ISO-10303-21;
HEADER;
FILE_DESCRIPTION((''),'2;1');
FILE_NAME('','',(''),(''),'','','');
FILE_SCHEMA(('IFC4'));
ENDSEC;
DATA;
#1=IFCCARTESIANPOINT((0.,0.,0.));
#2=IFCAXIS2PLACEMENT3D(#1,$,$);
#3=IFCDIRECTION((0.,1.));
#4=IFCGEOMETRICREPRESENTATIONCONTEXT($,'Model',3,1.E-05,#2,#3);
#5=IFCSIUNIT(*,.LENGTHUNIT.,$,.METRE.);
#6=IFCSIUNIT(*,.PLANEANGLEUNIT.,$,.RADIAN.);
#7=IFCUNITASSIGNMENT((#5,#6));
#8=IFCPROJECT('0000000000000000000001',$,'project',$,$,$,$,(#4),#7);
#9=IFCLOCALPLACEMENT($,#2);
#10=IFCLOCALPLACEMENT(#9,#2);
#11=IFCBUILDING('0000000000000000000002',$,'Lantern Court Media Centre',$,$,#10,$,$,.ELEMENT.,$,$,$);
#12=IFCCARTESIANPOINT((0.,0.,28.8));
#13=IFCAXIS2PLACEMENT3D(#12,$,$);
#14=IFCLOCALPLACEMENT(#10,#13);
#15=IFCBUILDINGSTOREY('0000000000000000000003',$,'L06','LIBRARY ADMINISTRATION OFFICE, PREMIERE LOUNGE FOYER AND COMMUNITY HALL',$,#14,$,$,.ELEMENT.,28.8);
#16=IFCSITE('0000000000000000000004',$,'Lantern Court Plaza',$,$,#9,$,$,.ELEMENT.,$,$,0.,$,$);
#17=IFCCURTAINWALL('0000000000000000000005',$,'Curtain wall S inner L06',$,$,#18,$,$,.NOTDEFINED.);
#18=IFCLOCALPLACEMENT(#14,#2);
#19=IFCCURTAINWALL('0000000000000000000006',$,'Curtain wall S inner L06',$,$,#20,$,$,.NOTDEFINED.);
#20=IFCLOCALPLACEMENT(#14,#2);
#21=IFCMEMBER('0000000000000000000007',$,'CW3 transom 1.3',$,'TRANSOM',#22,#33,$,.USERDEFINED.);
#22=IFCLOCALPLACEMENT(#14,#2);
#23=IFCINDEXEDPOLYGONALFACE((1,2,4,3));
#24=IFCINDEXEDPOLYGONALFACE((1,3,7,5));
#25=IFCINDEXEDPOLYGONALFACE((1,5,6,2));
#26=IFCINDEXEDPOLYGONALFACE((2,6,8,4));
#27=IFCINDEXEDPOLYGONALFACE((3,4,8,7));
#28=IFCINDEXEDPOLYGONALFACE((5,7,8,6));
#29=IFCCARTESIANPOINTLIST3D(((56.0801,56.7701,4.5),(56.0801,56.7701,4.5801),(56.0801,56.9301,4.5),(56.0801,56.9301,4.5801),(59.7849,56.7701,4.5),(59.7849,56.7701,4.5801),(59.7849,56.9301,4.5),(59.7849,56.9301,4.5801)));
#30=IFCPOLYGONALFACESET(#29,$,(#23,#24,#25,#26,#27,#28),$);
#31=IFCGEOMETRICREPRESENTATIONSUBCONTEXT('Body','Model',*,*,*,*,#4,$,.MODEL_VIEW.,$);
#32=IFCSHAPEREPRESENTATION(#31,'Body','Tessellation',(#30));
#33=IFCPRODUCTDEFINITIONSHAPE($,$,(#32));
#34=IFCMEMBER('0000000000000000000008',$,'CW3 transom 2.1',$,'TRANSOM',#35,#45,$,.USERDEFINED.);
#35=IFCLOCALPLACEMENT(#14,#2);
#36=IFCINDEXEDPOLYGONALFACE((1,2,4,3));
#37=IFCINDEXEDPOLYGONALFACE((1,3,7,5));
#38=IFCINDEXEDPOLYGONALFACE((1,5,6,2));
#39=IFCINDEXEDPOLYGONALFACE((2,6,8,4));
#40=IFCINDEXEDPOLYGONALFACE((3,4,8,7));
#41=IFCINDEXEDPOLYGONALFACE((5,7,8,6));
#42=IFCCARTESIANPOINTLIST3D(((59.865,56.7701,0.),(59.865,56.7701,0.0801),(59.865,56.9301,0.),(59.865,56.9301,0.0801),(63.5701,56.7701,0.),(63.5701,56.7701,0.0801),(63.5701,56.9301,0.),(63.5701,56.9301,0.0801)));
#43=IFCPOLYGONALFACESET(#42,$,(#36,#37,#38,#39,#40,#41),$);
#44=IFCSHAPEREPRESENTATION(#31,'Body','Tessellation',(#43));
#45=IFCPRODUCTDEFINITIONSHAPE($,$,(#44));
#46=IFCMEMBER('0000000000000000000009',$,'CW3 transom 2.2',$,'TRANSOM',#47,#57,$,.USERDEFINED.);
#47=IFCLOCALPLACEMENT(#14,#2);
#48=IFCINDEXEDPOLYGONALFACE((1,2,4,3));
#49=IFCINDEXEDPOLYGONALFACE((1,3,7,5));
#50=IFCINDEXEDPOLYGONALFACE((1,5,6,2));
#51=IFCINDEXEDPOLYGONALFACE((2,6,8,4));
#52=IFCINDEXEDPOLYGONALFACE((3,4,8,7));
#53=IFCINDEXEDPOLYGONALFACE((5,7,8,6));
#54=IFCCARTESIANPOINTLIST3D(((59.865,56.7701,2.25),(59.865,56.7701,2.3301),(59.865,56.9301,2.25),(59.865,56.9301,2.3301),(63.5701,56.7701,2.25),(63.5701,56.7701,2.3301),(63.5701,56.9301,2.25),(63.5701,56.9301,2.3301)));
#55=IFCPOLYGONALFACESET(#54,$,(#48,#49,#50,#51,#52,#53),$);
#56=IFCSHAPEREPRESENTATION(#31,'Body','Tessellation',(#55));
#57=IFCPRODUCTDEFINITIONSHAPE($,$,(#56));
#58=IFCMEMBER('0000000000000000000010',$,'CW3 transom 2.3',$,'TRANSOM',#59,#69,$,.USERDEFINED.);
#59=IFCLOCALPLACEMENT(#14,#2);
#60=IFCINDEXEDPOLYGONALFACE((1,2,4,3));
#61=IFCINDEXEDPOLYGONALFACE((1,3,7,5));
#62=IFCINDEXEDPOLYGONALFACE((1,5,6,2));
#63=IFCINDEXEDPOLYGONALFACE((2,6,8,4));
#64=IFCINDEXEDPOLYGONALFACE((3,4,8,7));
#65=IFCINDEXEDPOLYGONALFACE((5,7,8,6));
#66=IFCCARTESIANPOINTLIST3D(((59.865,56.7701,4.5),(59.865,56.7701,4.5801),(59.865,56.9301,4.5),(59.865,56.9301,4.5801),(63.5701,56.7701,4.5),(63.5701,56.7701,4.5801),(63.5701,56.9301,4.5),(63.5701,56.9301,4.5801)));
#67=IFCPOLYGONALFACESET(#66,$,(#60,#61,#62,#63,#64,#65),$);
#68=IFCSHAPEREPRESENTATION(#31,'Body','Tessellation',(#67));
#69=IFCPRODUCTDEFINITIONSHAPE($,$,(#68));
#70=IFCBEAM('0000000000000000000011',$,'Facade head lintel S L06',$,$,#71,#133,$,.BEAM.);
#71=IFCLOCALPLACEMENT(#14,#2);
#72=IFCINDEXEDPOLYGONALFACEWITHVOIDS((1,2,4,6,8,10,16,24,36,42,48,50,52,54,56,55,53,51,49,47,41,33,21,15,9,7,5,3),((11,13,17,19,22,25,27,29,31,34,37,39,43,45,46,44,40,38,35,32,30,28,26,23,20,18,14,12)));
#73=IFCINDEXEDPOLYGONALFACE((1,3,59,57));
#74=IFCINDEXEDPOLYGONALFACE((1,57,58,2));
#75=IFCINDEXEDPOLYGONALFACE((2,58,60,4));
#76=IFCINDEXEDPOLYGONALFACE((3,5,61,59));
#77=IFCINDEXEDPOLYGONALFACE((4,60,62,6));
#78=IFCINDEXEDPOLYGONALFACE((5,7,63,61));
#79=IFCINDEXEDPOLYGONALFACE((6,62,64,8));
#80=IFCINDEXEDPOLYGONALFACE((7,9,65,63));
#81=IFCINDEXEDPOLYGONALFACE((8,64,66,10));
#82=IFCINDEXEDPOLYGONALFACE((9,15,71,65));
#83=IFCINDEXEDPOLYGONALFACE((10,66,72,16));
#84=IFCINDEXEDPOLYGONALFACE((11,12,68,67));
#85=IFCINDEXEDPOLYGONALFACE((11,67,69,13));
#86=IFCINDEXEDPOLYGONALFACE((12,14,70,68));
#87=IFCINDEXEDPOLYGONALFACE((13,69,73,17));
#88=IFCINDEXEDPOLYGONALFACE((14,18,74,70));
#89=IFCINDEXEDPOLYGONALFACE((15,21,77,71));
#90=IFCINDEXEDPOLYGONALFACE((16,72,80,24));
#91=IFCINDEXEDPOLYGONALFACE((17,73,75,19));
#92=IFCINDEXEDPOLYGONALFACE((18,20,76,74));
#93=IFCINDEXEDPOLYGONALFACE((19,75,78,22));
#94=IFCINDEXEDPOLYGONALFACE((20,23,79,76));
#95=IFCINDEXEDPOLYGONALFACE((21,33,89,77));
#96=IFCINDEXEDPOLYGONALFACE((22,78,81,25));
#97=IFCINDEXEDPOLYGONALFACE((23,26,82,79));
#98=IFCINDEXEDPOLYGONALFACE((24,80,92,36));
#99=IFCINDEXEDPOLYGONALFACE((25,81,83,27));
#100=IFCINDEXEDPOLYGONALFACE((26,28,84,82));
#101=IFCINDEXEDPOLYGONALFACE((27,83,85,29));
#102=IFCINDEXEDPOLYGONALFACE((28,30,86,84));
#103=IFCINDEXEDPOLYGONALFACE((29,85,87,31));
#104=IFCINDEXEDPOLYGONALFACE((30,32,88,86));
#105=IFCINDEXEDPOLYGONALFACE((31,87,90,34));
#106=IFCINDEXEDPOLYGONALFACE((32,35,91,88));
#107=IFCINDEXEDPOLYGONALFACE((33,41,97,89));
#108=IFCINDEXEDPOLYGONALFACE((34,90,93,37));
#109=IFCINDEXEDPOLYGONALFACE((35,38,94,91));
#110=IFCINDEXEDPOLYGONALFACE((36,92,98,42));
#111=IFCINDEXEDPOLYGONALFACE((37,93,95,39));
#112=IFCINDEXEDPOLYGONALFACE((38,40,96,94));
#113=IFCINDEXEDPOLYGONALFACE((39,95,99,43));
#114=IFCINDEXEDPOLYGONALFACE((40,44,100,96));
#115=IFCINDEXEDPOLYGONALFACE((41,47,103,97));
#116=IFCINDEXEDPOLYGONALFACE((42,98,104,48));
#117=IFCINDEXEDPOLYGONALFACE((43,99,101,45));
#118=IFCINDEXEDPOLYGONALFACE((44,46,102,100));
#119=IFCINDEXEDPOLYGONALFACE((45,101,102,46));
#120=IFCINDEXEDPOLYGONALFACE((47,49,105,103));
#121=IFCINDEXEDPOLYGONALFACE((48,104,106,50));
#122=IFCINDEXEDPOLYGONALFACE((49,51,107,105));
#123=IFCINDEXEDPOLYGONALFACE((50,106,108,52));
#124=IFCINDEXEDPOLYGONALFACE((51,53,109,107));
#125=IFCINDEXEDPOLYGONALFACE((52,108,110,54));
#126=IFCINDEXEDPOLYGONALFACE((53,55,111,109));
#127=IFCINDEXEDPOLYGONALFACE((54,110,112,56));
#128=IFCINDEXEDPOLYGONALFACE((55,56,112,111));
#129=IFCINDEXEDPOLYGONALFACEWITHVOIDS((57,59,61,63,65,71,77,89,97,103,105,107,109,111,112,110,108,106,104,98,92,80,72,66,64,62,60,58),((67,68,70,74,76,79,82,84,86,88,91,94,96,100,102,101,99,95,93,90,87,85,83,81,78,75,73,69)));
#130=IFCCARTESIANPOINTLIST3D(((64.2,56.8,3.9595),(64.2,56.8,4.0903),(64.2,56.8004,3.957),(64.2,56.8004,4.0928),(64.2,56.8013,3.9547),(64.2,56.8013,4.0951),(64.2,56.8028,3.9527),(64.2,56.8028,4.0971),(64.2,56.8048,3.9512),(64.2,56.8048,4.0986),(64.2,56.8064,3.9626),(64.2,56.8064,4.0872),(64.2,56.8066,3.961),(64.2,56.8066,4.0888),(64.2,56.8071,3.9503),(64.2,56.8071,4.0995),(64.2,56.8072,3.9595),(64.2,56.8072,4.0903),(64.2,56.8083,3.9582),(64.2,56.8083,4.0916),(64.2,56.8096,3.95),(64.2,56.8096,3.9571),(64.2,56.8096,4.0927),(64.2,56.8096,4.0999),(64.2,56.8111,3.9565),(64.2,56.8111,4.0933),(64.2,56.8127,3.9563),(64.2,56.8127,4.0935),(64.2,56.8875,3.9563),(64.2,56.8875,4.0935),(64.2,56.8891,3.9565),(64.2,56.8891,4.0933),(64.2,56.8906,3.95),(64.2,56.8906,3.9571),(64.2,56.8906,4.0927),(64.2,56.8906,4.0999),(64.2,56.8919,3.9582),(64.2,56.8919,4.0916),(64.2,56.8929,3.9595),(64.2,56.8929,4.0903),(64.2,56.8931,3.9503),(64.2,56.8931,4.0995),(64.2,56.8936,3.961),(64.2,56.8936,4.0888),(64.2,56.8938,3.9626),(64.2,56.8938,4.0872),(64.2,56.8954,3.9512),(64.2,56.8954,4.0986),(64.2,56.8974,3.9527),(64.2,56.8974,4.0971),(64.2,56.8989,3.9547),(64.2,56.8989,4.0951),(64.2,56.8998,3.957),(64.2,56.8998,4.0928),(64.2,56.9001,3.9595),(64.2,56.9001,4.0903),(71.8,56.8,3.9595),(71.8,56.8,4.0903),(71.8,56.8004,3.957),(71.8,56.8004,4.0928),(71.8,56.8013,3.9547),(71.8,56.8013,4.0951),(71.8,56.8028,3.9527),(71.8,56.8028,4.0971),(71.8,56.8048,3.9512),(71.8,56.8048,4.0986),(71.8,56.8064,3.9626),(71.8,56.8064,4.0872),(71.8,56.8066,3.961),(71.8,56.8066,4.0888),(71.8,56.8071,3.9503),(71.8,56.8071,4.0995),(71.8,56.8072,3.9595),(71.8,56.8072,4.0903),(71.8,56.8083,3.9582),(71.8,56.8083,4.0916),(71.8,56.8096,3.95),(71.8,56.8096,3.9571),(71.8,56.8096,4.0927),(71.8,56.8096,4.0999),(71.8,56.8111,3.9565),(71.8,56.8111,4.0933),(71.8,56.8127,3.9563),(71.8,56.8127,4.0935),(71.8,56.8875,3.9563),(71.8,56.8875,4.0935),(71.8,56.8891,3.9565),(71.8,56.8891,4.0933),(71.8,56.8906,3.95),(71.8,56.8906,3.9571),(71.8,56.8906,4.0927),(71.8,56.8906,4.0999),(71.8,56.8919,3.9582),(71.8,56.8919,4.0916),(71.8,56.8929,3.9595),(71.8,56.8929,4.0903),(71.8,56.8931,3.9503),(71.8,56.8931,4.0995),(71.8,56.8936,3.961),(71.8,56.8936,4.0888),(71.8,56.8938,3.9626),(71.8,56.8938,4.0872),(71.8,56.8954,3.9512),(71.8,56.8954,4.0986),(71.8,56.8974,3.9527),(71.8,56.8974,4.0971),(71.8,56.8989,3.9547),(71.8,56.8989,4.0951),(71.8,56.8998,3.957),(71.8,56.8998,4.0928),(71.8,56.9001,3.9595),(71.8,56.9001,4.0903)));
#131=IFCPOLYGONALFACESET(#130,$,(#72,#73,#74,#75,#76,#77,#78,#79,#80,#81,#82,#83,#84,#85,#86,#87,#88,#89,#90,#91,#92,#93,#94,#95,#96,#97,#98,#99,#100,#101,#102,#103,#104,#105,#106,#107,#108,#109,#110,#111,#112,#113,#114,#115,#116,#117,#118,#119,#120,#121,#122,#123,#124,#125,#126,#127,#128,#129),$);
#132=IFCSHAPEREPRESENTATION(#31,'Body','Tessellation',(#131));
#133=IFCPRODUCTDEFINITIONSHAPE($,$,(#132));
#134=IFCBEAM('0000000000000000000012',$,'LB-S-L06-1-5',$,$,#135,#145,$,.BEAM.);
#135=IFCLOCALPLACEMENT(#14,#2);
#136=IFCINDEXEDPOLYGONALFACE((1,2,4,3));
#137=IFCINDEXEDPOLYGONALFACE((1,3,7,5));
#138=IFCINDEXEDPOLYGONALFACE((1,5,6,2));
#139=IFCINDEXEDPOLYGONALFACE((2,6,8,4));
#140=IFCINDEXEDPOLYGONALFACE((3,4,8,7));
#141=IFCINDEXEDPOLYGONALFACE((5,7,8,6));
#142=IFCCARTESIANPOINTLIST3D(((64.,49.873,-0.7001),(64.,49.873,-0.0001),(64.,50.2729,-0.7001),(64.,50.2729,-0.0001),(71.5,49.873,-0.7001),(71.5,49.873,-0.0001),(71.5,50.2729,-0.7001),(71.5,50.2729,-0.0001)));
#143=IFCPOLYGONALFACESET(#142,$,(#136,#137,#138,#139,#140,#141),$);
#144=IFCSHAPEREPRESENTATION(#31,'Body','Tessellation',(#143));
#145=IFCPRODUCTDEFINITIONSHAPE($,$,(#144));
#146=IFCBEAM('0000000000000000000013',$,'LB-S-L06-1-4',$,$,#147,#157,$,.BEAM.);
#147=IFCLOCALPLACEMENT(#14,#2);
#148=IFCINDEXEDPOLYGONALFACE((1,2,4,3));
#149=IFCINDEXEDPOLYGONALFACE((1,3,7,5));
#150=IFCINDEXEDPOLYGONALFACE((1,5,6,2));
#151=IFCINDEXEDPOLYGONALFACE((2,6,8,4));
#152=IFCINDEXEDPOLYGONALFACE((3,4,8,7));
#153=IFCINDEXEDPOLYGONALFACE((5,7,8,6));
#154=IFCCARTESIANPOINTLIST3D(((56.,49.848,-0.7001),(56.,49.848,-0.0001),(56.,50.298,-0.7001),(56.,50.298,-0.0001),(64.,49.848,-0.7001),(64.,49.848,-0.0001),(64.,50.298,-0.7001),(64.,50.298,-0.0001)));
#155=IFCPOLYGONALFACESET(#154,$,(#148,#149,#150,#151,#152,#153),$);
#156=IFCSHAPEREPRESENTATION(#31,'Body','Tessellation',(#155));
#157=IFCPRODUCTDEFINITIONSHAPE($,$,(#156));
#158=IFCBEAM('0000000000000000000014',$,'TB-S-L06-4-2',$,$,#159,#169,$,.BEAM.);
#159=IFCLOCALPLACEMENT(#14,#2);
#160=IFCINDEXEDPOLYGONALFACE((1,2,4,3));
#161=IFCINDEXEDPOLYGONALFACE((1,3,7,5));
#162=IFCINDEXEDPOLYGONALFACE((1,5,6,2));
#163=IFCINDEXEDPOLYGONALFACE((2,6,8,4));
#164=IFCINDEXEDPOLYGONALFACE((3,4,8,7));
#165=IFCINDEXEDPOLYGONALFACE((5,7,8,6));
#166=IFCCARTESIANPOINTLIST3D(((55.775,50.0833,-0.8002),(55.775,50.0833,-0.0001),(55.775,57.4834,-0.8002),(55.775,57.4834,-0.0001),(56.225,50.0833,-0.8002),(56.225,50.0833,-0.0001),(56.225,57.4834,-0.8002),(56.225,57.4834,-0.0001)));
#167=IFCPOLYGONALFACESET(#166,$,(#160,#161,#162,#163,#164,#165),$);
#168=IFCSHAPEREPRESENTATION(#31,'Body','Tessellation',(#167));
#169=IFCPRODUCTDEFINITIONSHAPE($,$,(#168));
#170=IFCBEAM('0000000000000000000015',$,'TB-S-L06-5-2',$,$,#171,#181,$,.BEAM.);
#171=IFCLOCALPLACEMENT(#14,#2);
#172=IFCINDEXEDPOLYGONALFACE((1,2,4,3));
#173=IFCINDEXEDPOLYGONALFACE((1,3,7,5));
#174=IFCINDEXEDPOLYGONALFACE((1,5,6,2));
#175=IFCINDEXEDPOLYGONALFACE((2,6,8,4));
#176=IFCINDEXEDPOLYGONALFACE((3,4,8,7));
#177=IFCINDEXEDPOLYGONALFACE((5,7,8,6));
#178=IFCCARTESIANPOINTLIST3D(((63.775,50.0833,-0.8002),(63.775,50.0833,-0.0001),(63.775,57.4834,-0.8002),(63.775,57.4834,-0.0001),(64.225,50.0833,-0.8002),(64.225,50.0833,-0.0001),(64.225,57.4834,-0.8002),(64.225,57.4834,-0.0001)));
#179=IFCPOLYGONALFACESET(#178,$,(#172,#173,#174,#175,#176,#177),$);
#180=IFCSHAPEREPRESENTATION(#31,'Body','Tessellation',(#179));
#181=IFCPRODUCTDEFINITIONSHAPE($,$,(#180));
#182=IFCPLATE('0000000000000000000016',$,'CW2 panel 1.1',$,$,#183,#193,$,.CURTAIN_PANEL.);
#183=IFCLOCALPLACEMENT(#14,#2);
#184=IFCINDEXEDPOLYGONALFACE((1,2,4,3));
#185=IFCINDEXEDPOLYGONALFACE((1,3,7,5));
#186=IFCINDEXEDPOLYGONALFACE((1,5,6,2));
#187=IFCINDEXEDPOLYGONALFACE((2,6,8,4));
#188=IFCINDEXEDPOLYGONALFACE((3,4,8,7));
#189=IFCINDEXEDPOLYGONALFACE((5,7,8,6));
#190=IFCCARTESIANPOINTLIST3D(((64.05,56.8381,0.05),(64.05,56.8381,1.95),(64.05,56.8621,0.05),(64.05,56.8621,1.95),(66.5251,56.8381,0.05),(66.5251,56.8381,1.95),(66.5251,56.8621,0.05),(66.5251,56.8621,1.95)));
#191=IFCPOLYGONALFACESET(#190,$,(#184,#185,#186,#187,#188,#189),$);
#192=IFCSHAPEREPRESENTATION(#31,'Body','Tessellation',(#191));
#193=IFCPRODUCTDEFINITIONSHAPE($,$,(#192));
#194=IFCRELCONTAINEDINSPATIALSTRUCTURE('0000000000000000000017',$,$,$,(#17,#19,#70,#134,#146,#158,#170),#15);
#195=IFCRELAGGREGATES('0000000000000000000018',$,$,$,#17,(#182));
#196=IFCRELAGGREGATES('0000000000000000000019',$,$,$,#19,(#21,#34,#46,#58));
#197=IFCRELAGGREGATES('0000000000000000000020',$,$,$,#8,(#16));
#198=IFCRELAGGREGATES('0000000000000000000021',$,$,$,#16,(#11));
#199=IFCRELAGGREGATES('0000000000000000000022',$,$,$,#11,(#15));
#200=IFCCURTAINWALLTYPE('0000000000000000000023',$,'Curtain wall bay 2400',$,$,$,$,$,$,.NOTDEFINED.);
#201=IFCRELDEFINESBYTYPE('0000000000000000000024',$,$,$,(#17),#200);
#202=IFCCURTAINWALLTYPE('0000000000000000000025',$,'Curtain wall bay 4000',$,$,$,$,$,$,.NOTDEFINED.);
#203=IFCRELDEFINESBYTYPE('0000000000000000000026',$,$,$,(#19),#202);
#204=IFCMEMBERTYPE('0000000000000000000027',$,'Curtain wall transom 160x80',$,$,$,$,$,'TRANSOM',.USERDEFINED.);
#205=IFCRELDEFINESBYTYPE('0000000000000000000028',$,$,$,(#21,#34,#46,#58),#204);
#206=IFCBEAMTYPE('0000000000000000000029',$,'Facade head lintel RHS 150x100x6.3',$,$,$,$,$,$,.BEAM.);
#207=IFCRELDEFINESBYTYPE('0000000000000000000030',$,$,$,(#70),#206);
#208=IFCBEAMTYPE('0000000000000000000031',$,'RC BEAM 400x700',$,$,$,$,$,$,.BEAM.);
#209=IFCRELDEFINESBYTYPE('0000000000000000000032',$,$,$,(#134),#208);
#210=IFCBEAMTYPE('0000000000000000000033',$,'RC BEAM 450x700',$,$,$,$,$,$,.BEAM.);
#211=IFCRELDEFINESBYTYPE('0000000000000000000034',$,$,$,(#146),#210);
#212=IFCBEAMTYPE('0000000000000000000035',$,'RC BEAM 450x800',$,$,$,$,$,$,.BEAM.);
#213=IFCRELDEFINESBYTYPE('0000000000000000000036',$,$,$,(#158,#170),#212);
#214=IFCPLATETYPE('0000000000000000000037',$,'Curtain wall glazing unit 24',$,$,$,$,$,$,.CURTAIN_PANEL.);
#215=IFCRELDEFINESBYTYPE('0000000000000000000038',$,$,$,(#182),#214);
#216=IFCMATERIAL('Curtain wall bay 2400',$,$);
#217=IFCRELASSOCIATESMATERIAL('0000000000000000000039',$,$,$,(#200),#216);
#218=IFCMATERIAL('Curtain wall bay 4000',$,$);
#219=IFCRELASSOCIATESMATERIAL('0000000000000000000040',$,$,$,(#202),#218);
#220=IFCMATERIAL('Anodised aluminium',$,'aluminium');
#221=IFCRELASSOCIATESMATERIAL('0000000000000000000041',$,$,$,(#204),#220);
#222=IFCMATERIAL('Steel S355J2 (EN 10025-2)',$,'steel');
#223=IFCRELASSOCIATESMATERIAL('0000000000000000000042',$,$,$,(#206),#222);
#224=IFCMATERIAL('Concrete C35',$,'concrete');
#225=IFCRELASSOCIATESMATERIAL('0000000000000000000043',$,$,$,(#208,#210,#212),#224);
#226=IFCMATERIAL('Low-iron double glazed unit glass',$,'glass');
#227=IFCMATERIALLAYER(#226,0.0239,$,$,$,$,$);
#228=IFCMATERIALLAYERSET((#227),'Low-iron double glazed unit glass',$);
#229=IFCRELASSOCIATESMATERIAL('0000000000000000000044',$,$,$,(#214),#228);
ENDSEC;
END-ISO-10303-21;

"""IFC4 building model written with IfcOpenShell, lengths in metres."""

from ifc_helpers import new_model, si_unit, direction, frame, origin, origin_2d, place, context, subcontext, project, spatial, rectangle, hollow_rectangle, extrude, material, layer, layer_set, material_profile, profile_set, type_object, element, aggregate, save


model = new_model("IFC4")

# Units and contexts
model_context = context("Model", 3, precision=1e-05, world=origin(), true_north=direction((0.0, 1.0)))
body_context = subcontext(model_context, "Body", "Model", "MODEL_VIEW")
ifc_project = project(units=[si_unit("LENGTHUNIT", "METRE"), si_unit("PLANEANGLEUNIT", "RADIAN")], contexts=[model_context])

# Site, building, storey
site_placement = place(None, origin())
site = spatial("IfcSite", under=ifc_project, at=site_placement, Name="Lantern Court Plaza", CompositionType="ELEMENT", RefElevation=0.0)
building_placement = place(site_placement, origin())
building = spatial("IfcBuilding", under=site, at=building_placement, Name="Lantern Court Media Centre", CompositionType="ELEMENT")
storey_placement = place(building_placement, frame((0.0, 0.0, 28.8)))
storey = spatial("IfcBuildingStorey", under=building, at=storey_placement, Name="L06", Description="LIBRARY ADMINISTRATION OFFICE, PREMIERE LOUNGE FOYER AND COMMUNITY HALL", CompositionType="ELEMENT", Elevation=28.8)

# Shared definitions
ifc_material_1 = material(Name="Concrete C35", Category="concrete")

# Curtain walls
ifc_material_2 = material(Name="Curtain wall bay 2400")
curtain_wall_type_1 = type_object("IfcCurtainWallType", Name="Curtain wall bay 2400", PredefinedType="NOTDEFINED", material=ifc_material_2)
curtain_wall_1_placement = place(storey_placement, origin())
curtain_wall_1 = element("IfcCurtainWall", 1, at=curtain_wall_1_placement, inside=storey, type_object=curtain_wall_type_1, Name="Curtain wall S inner L06", PredefinedType="NOTDEFINED")
ifc_material_3 = material(Name="Anodised aluminium", Category="aluminium")
ifc_material_4 = material(Name="Curtain wall bay 4000")
curtain_wall_type_2 = type_object("IfcCurtainWallType", Name="Curtain wall bay 4000", PredefinedType="NOTDEFINED", material=ifc_material_4)
curtain_wall_2_placement = place(storey_placement, origin())
curtain_wall_2 = element("IfcCurtainWall", 2, at=curtain_wall_2_placement, inside=storey, type_object=curtain_wall_type_2, Name="Curtain wall S inner L06", PredefinedType="NOTDEFINED")

# Members
ifc_material_profile_1 = material_profile(ifc_material_3, rectangle(XDim=0.1599, YDim=0.0801, at=origin_2d()), Name="AL 80x160")
ifc_profile_set_1 = profile_set([ifc_material_profile_1], Name="Anodised aluminium")
member_type_1 = type_object("IfcMemberType", Name="Curtain wall transom 160x80", ElementType="TRANSOM", PredefinedType="USERDEFINED", material=ifc_profile_set_1)
member_1_placement = place(storey_placement, frame((56.0801, 56.8501, 4.54), z_axis=(1.0, 0.0, 0.0), x_axis=(0.0, 1.0, 0.0)))
member_1 = element("IfcMember", 3, at=member_1_placement, type_object=member_type_1, Name="CW3 transom 1.3", ObjectType="TRANSOM", PredefinedType="USERDEFINED", context=body_context, shape_type="SweptSolid", body=[
    extrude(rectangle(XDim=0.1599, YDim=0.0801, at=origin_2d()), origin(), (0.0, 0.0, 1.0), 3.7048),
])
member_2_placement = place(storey_placement, frame((59.865, 56.8501, 0.04), z_axis=(1.0, 0.0, 0.0), x_axis=(0.0, 1.0, 0.0)))
member_2 = element("IfcMember", 4, at=member_2_placement, type_object=member_type_1, Name="CW3 transom 2.1", ObjectType="TRANSOM", PredefinedType="USERDEFINED", context=body_context, shape_type="SweptSolid", body=[
    extrude(rectangle(XDim=0.1599, YDim=0.0801, at=origin_2d()), origin(), (0.0, 0.0, 1.0), 3.7051),
])
member_3_placement = place(storey_placement, frame((59.865, 56.8501, 2.29), z_axis=(1.0, 0.0, 0.0), x_axis=(0.0, 1.0, 0.0)))
member_3 = element("IfcMember", 5, at=member_3_placement, type_object=member_type_1, Name="CW3 transom 2.2", ObjectType="TRANSOM", PredefinedType="USERDEFINED", context=body_context, shape_type="SweptSolid", body=[
    extrude(rectangle(XDim=0.1599, YDim=0.0801, at=origin_2d()), origin(), (0.0, 0.0, 1.0), 3.7051),
])
member_4_placement = place(storey_placement, frame((59.865, 56.8501, 4.54), z_axis=(1.0, 0.0, 0.0), x_axis=(0.0, 1.0, 0.0)))
member_4 = element("IfcMember", 6, at=member_4_placement, type_object=member_type_1, Name="CW3 transom 2.3", ObjectType="TRANSOM", PredefinedType="USERDEFINED", context=body_context, shape_type="SweptSolid", body=[
    extrude(rectangle(XDim=0.1599, YDim=0.0801, at=origin_2d()), origin(), (0.0, 0.0, 1.0), 3.7051),
])

# Beams
ifc_material_5 = material(Name="Steel S355J2 (EN 10025-2)", Category="steel")
ifc_material_profile_2 = material_profile(ifc_material_5, hollow_rectangle(XDim=0.1001, YDim=0.1499, WallThickness=0.0063, InnerFilletRadius=0.0063, OuterFilletRadius=0.0095, at=origin_2d()), Name="Facade head lintel RHS 150x100x6.3")
ifc_profile_set_2 = profile_set([ifc_material_profile_2], Name="Steel S355J2 (EN 10025-2)")
beam_type_1 = type_object("IfcBeamType", Name="Facade head lintel RHS 150x100x6.3", PredefinedType="BEAM", material=ifc_profile_set_2)
beam_1_placement = place(storey_placement, frame((64.2, 56.8501, 4.0249), z_axis=(1.0, 0.0, 0.0), x_axis=(0.0, 1.0, 0.0)))
element("IfcBeam", 7, at=beam_1_placement, inside=storey, type_object=beam_type_1, Name="Facade head lintel S L06", PredefinedType="BEAM", context=body_context, shape_type="SweptSolid", body=[
    extrude(hollow_rectangle(XDim=0.1001, YDim=0.1499, WallThickness=0.0063, InnerFilletRadius=0.0063, OuterFilletRadius=0.0095, at=origin_2d()), origin(), (0.0, 0.0, 1.0), 7.6001),
])
ifc_material_profile_3 = material_profile(ifc_material_1, rectangle(XDim=0.3999, YDim=0.7, at=origin_2d()), Name="RC 400x700")
ifc_profile_set_3 = profile_set([ifc_material_profile_3], Name="Concrete C35")
beam_type_2 = type_object("IfcBeamType", Name="RC BEAM 400x700", PredefinedType="BEAM", material=ifc_profile_set_3)
beam_2_placement = place(storey_placement, frame((64.0, 50.073, -0.3501), z_axis=(1.0, 0.0, 0.0), x_axis=(0.0, 1.0, 0.0)))
element("IfcBeam", 8, at=beam_2_placement, inside=storey, type_object=beam_type_2, Name="LB-S-L06-1-5", PredefinedType="BEAM", context=body_context, shape_type="SweptSolid", body=[
    extrude(rectangle(XDim=0.3999, YDim=0.7, at=origin_2d()), origin(), (0.0, 0.0, 1.0), 7.5),
])
ifc_material_profile_4 = material_profile(ifc_material_1, rectangle(XDim=0.45, YDim=0.7, at=origin_2d()), Name="RC 450x700")
ifc_profile_set_4 = profile_set([ifc_material_profile_4], Name="Concrete C35")
beam_type_3 = type_object("IfcBeamType", Name="RC BEAM 450x700", PredefinedType="BEAM", material=ifc_profile_set_4)
beam_3_placement = place(storey_placement, frame((56.0, 50.073, -0.3501), z_axis=(1.0, 0.0, 0.0), x_axis=(0.0, 1.0, 0.0)))
element("IfcBeam", 9, at=beam_3_placement, inside=storey, type_object=beam_type_3, Name="LB-S-L06-1-4", PredefinedType="BEAM", context=body_context, shape_type="SweptSolid", body=[
    extrude(rectangle(XDim=0.45, YDim=0.7, at=origin_2d()), origin(), (0.0, 0.0, 1.0), 8.0),
])
ifc_material_profile_5 = material_profile(ifc_material_1, rectangle(XDim=0.45, YDim=0.8, at=origin_2d()), Name="RC 450x800")
ifc_profile_set_5 = profile_set([ifc_material_profile_5], Name="Concrete C35")
beam_type_4 = type_object("IfcBeamType", Name="RC BEAM 450x800", PredefinedType="BEAM", material=ifc_profile_set_5)
for number, where, z_axis, x_axis, name in (
    (10, (56.0, 50.0833, -0.4001), (0.0, 1.0, 0.0), (-1.0, 0.0, 0.0), "TB-S-L06-4-2"),
    (11, (64.0, 50.0833, -0.4001), (0.0, 1.0, 0.0), (-1.0, 0.0, 0.0), "TB-S-L06-5-2"),
):
    element("IfcBeam", number, at=place(storey_placement, frame(where, z_axis=z_axis, x_axis=x_axis)), inside=storey, type_object=beam_type_4, Name=name, PredefinedType="BEAM", context=body_context, shape_type="SweptSolid", body=[
        extrude(rectangle(XDim=0.45, YDim=0.8, at=origin_2d()), origin(), (0.0, 0.0, 1.0), 7.4001),
    ])

# Plate
ifc_material_6 = material(Name="Low-iron double glazed unit glass", Category="glass")
ifc_layer_1 = layer(ifc_material_6, 0.0239)
ifc_layer_set_1 = layer_set([ifc_layer_1], Name="Low-iron double glazed unit glass")
plate_type_1 = type_object("IfcPlateType", Name="Curtain wall glazing unit 24", PredefinedType="CURTAIN_PANEL", material=ifc_layer_set_1)
plate_1_placement = place(storey_placement, frame((65.2876, 56.8501, 0.05), z_axis=(0.0, 0.0, 1.0), x_axis=(1.0, 0.0, 0.0)))
plate_1 = element("IfcPlate", 12, at=plate_1_placement, type_object=plate_type_1, Name="CW2 panel 1.1", PredefinedType="CURTAIN_PANEL", context=body_context, shape_type="SweptSolid", body=[
    extrude(rectangle(XDim=2.4751, YDim=0.0239, at=origin_2d()), origin(), (0.0, 0.0, 1.0), 1.8999),
])
aggregate(curtain_wall_1, [plate_1])
aggregate(curtain_wall_2, [member_1, member_2, member_3, member_4])

save(model, "model.ifc")
